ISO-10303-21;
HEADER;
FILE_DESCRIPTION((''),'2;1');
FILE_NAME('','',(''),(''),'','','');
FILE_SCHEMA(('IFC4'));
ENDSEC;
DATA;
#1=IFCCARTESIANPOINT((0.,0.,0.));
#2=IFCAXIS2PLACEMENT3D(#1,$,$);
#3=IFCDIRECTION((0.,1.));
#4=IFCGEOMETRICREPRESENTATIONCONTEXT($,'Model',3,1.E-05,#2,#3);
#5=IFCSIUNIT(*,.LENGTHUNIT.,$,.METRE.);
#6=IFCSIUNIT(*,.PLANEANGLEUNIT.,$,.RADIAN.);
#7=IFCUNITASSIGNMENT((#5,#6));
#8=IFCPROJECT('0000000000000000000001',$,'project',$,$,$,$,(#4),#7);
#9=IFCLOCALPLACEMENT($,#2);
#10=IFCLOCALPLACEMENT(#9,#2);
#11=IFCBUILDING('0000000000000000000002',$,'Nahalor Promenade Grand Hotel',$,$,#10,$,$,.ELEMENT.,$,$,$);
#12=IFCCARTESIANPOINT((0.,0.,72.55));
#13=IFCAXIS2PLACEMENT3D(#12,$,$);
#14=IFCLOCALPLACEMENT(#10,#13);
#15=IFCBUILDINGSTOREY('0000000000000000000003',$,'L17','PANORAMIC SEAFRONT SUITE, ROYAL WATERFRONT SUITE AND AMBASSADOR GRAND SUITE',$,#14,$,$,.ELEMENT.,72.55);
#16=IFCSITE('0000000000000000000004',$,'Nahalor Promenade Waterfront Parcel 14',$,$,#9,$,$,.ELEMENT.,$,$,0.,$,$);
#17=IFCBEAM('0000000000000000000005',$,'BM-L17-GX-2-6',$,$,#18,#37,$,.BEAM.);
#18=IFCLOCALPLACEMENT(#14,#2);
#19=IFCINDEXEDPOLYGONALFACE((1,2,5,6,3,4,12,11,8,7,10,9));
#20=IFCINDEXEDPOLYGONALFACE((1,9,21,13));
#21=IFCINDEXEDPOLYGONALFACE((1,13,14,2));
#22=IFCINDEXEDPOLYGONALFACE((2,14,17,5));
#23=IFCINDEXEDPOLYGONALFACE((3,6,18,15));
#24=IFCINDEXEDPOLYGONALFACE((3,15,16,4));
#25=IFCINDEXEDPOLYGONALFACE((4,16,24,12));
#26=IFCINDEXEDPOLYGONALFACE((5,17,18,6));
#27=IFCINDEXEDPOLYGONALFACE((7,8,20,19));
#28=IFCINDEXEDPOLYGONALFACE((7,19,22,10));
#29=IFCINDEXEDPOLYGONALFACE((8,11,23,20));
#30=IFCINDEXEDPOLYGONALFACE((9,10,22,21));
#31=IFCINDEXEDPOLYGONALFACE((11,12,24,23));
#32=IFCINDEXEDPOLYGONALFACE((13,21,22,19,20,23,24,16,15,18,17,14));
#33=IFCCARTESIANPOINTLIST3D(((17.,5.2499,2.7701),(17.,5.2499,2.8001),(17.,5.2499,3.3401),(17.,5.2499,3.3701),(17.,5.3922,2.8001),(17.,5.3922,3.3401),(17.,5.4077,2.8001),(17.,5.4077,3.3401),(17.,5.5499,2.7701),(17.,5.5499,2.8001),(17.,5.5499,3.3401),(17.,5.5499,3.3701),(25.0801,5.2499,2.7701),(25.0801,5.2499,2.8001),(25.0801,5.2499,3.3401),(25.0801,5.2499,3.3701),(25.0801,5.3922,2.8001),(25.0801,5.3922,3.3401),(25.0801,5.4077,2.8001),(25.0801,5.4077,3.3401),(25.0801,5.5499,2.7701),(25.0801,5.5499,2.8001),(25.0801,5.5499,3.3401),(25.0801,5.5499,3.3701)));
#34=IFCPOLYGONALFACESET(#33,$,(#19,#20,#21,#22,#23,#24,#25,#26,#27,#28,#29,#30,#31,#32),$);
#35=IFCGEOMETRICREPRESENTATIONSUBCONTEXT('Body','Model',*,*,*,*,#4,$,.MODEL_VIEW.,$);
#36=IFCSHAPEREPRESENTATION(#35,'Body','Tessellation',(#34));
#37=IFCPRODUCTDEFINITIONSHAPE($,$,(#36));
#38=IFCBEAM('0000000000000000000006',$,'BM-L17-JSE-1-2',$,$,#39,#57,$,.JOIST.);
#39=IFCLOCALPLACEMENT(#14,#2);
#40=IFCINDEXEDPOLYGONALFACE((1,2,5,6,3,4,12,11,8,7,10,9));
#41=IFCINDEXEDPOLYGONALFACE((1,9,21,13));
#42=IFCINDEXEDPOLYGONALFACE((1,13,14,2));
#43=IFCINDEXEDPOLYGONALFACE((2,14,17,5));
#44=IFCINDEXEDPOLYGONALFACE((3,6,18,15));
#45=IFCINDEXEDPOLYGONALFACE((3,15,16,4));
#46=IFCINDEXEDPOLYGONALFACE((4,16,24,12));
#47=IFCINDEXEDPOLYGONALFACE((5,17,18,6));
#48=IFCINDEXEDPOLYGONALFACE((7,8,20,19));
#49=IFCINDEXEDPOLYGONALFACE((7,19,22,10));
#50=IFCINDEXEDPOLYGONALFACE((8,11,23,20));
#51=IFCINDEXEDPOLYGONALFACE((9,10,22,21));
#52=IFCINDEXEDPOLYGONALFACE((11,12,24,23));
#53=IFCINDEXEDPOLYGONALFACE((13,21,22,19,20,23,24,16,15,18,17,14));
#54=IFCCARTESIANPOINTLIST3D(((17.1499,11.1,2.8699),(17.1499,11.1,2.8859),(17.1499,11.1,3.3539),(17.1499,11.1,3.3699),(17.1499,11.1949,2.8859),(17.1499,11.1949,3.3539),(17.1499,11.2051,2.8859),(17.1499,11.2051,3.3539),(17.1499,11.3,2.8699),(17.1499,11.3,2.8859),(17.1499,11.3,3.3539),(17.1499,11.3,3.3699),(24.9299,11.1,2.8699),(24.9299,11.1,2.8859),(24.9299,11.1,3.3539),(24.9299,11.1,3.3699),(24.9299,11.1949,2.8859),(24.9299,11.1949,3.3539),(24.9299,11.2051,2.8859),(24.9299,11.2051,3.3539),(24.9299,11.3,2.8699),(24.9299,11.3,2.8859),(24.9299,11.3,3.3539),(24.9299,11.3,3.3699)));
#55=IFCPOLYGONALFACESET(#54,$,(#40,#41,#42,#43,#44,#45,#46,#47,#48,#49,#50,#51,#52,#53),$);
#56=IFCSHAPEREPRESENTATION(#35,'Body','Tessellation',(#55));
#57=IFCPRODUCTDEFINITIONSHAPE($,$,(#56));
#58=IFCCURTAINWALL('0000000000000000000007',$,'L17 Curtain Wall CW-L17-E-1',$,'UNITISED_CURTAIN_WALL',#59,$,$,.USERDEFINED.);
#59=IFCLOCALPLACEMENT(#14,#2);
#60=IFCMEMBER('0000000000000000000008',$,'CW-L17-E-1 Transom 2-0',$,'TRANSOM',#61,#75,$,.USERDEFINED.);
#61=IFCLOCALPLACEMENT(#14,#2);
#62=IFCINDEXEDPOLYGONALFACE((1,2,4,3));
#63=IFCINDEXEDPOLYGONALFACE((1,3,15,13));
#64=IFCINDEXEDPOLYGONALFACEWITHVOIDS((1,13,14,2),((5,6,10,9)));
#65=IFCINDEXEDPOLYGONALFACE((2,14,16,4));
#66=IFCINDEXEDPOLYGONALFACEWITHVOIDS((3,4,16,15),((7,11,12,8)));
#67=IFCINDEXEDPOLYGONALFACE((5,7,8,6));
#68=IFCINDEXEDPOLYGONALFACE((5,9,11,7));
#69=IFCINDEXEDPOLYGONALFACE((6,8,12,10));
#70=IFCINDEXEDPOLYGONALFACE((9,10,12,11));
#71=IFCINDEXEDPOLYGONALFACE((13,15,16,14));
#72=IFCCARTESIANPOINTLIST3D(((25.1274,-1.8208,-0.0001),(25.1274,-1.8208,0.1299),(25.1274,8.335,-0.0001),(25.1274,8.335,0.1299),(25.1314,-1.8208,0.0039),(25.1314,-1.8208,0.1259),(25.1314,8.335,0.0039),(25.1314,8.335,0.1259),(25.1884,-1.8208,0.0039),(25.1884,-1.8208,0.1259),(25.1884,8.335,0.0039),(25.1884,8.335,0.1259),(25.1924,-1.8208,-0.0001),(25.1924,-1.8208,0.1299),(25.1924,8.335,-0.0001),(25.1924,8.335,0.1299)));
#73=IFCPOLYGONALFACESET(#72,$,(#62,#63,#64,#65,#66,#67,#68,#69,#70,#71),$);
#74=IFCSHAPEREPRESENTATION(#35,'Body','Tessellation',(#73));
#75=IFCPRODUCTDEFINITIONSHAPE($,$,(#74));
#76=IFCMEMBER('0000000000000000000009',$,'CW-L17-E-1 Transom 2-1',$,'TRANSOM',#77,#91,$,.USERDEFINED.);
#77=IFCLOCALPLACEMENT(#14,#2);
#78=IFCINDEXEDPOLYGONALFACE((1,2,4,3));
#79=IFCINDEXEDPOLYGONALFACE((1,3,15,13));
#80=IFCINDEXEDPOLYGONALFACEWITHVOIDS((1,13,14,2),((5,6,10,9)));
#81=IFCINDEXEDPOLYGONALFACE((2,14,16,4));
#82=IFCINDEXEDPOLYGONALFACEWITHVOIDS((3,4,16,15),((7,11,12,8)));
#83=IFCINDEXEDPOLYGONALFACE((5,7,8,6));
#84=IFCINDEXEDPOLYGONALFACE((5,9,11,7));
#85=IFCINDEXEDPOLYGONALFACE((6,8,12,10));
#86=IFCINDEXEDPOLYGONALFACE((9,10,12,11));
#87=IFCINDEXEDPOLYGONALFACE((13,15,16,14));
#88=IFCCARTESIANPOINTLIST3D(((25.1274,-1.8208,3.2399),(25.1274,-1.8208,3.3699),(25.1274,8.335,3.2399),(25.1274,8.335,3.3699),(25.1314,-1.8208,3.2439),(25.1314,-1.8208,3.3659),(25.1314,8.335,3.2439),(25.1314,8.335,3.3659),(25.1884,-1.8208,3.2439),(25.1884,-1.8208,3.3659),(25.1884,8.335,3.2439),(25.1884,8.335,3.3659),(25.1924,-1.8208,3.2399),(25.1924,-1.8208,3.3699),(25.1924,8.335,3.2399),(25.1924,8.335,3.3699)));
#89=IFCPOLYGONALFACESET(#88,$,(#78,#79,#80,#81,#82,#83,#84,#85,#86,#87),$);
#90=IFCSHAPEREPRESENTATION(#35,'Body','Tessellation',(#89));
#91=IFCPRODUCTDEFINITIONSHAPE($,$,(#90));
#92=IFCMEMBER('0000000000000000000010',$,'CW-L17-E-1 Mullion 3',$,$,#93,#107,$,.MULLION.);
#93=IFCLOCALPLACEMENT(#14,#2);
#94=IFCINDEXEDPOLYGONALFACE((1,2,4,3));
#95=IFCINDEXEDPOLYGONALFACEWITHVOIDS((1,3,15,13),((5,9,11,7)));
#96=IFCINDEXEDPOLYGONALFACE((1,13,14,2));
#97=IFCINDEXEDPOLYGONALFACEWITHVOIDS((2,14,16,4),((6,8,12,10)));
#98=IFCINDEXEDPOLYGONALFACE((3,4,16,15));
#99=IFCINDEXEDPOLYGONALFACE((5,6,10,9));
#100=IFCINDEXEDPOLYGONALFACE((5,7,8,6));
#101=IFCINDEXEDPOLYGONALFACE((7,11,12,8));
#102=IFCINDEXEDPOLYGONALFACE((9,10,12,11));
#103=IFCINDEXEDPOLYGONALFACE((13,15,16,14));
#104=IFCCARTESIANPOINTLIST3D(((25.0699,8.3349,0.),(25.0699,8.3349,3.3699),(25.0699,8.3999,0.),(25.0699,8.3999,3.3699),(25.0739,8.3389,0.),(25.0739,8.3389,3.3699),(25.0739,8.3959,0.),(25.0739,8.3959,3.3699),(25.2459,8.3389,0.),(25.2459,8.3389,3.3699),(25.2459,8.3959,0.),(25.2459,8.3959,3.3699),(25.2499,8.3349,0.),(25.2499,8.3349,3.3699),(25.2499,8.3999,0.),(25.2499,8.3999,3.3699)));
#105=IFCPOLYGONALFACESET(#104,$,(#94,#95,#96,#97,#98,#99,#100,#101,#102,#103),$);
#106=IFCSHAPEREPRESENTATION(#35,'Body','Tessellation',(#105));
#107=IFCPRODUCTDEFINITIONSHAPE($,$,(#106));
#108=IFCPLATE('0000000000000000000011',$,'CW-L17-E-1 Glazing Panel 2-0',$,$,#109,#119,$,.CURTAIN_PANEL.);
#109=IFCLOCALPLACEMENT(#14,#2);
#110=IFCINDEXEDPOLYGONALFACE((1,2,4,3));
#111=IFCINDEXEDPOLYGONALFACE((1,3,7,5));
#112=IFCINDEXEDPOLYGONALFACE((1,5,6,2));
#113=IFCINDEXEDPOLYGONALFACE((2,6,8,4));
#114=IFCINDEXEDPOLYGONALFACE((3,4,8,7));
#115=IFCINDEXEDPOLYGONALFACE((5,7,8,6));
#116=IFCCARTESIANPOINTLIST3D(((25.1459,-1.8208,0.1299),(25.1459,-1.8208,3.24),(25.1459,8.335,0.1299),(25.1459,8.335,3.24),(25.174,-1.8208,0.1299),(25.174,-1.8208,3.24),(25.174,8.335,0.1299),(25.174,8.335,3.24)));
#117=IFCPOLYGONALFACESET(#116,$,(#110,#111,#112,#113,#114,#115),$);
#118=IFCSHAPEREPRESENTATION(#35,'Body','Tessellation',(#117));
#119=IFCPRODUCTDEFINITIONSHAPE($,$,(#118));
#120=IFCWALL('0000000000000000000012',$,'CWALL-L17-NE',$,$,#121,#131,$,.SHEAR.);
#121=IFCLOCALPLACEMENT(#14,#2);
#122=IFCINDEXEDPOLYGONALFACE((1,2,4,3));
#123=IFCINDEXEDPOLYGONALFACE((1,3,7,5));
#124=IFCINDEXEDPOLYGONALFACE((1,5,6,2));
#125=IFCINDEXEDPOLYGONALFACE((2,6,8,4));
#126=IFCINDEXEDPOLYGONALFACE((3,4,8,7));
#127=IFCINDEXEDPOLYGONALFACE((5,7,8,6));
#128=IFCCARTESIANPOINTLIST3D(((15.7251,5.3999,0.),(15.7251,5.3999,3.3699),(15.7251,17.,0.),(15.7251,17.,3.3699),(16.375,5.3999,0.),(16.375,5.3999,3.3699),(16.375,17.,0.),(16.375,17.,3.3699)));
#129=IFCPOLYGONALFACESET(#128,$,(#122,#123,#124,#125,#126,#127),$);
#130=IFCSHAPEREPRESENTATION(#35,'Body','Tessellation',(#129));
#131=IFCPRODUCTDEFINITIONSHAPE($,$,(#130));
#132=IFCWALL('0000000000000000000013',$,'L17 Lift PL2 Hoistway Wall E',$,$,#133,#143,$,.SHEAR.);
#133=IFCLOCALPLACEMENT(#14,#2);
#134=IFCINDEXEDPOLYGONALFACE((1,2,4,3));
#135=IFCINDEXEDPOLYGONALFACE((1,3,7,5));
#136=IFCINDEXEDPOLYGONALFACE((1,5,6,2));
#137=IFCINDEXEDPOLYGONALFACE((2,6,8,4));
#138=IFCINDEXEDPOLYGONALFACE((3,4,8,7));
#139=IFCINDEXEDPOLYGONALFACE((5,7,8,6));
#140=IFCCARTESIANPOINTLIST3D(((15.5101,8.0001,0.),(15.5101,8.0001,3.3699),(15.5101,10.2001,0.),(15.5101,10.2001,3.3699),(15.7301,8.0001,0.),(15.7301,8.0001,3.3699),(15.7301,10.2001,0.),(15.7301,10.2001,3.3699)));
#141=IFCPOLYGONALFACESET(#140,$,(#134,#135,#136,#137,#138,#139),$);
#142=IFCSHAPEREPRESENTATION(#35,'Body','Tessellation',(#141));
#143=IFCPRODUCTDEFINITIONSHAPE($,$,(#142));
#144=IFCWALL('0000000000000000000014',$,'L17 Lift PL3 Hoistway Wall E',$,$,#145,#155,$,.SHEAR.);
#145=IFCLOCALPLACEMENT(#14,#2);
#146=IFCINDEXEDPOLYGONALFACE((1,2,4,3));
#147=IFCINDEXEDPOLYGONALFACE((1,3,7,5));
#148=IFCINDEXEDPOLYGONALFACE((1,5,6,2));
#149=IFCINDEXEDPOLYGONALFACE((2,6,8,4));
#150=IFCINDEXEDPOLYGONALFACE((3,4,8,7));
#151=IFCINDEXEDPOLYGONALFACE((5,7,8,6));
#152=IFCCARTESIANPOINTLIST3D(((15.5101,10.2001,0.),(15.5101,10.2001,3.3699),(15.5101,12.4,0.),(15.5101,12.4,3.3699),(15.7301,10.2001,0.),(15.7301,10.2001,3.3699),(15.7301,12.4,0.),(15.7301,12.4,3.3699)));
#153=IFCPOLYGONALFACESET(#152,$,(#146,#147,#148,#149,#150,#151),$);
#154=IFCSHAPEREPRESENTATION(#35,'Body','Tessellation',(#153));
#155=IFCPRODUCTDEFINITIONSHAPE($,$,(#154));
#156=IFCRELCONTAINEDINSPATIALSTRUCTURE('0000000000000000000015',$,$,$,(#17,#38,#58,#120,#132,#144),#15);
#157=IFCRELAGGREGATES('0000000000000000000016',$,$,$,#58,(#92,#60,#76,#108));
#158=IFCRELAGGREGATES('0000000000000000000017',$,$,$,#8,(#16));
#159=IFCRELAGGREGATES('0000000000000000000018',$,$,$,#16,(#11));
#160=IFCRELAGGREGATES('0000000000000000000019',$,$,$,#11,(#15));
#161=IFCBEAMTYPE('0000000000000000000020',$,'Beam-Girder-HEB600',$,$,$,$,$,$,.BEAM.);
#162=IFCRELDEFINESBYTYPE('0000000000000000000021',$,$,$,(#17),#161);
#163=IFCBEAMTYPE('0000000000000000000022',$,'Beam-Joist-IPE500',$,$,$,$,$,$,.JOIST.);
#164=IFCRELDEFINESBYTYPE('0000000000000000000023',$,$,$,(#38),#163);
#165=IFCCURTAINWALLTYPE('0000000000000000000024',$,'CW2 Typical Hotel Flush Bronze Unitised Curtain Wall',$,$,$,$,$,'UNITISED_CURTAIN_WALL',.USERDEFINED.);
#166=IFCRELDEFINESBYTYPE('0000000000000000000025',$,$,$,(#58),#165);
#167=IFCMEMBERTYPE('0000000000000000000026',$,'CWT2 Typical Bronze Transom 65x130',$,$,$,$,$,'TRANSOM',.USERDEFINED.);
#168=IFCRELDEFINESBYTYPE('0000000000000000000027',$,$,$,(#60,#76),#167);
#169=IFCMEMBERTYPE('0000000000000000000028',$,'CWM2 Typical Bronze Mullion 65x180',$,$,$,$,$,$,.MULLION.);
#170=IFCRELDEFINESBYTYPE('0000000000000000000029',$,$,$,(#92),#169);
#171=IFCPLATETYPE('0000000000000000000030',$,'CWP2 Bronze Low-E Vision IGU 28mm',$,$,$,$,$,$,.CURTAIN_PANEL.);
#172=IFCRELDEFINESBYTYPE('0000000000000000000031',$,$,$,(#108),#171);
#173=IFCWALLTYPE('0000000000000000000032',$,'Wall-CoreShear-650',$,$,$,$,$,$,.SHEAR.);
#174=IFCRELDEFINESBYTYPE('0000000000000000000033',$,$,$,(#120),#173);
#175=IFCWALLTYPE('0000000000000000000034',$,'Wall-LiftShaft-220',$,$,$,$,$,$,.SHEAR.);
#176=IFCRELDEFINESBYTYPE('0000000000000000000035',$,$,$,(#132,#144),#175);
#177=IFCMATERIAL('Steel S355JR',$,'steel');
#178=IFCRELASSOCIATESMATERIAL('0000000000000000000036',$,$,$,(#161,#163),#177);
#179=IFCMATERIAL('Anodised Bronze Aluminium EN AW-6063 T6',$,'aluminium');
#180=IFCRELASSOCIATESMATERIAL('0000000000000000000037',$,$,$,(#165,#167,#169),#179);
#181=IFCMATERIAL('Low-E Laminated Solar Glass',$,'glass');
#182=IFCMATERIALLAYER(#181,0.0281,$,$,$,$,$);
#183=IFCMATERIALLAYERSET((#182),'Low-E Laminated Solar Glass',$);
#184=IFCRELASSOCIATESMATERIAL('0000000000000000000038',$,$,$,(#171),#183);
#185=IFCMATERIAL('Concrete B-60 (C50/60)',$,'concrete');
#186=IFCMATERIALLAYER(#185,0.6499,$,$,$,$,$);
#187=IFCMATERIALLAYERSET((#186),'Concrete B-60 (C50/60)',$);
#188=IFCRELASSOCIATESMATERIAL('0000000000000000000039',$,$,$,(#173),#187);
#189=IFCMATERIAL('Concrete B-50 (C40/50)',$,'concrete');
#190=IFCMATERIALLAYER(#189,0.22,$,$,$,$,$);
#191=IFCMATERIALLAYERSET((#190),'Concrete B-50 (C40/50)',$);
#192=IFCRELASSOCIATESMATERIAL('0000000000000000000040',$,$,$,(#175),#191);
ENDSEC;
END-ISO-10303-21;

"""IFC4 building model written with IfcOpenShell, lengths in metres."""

from ifc_helpers import new_model, si_unit, direction, frame, frame_2d, origin, origin_2d, place, context, subcontext, project, spatial, rectangle, hollow_rectangle, i_section, extrude, source, transform, mapped, material, layer, layer_set, material_profile, profile_set, type_object, element, aggregate, save


model = new_model("IFC4")

# Units and contexts
model_context = context("Model", 3, precision=1e-05, world=origin(), true_north=direction((0.0, 1.0)))
body_context = subcontext(model_context, "Body", "Model", "MODEL_VIEW")
ifc_project = project(units=[si_unit("LENGTHUNIT", "METRE"), si_unit("PLANEANGLEUNIT", "RADIAN")], contexts=[model_context])

# Site, building, storey
site_placement = place(None, origin())
site = spatial("IfcSite", under=ifc_project, at=site_placement, Name="Nahalor Promenade Waterfront Parcel 14", CompositionType="ELEMENT", RefElevation=0.0)
building_placement = place(site_placement, origin())
building = spatial("IfcBuilding", under=site, at=building_placement, Name="Nahalor Promenade Grand Hotel", CompositionType="ELEMENT")
storey_placement = place(building_placement, frame((0.0, 0.0, 72.55)))
storey = spatial("IfcBuildingStorey", under=building, at=storey_placement, Name="L17", Description="PANORAMIC SEAFRONT SUITE, ROYAL WATERFRONT SUITE AND AMBASSADOR GRAND SUITE", CompositionType="ELEMENT", Elevation=72.55)

# Beams
ifc_material_1 = material(Name="Steel S355JR", Category="steel")
ifc_material_profile_1 = material_profile(ifc_material_1, i_section(OverallWidth=0.3, OverallDepth=0.6, WebThickness=0.0155, FlangeThickness=0.03, at=origin_2d()), Name="HEB 600")
ifc_profile_set_1 = profile_set([ifc_material_profile_1], Name="Steel S355JR")
beam_type_1 = type_object("IfcBeamType", Name="Beam-Girder-HEB600", PredefinedType="BEAM", material=ifc_profile_set_1)
shared_shape_1 = source(origin(), body_context, "Body", "SweptSolid", [
    extrude(i_section(OverallWidth=0.3, OverallDepth=0.6, WebThickness=0.0155, FlangeThickness=0.03, at=origin_2d()), origin(), (0.0, 0.0, 1.0), 8.0801),
])
beam_1_placement = place(storey_placement, frame((17.0, 5.3999, 3.0701), z_axis=(1.0, 0.0, 0.0), x_axis=(0.0, 1.0, 0.0)))
element("IfcBeam", 1, at=beam_1_placement, inside=storey, type_object=beam_type_1, Name="BM-L17-GX-2-6", PredefinedType="BEAM", context=body_context, shape_type="MappedRepresentation", body=[
    mapped(shared_shape_1, transform((0.0, 0.0, 0.0), scale=1.0)),
])
ifc_material_profile_2 = material_profile(ifc_material_1, i_section(OverallWidth=0.2, OverallDepth=0.5, WebThickness=0.0102, FlangeThickness=0.016, at=origin_2d()), Name="IPE 500")
ifc_profile_set_2 = profile_set([ifc_material_profile_2], Name="Steel S355JR")
beam_type_2 = type_object("IfcBeamType", Name="Beam-Joist-IPE500", PredefinedType="JOIST", material=ifc_profile_set_2)
shared_shape_2 = source(origin(), body_context, "Body", "SweptSolid", [
    extrude(i_section(OverallWidth=0.2, OverallDepth=0.5, WebThickness=0.0102, FlangeThickness=0.016, at=origin_2d()), origin(), (0.0, 0.0, 1.0), 7.78),
])
beam_2_placement = place(storey_placement, frame((17.1499, 11.2, 3.1199), z_axis=(1.0, 0.0, 0.0), x_axis=(0.0, 1.0, 0.0)))
element("IfcBeam", 2, at=beam_2_placement, inside=storey, type_object=beam_type_2, Name="BM-L17-JSE-1-2", PredefinedType="JOIST", context=body_context, shape_type="MappedRepresentation", body=[
    mapped(shared_shape_2, transform((0.0, 0.0, 0.0), scale=1.0)),
])

# Curtain wall, members, plate
ifc_material_2 = material(Name="Anodised Bronze Aluminium EN AW-6063 T6", Category="aluminium")
curtain_wall_type = type_object("IfcCurtainWallType", Name="CW2 Typical Hotel Flush Bronze Unitised Curtain Wall", ElementType="UNITISED_CURTAIN_WALL", PredefinedType="USERDEFINED", material=ifc_material_2)
curtain_wall_placement = place(storey_placement, origin())
curtain_wall = element("IfcCurtainWall", 3, at=curtain_wall_placement, inside=storey, type_object=curtain_wall_type, Name="L17 Curtain Wall CW-L17-E-1", ObjectType="UNITISED_CURTAIN_WALL", PredefinedType="USERDEFINED")
ifc_material_profile_3 = material_profile(ifc_material_2, hollow_rectangle(XDim=0.065, YDim=0.13, WallThickness=0.004, at=origin_2d()), Name="CWT 65x130x4")
ifc_profile_set_3 = profile_set([ifc_material_profile_3], Name="Anodised Bronze Aluminium EN AW-6063 T6")
member_type_1 = type_object("IfcMemberType", Name="CWT2 Typical Bronze Transom 65x130", ElementType="TRANSOM", PredefinedType="USERDEFINED", material=ifc_profile_set_3)
shared_shape_3 = source(origin(), body_context, "Body", "SweptSolid", [
    extrude(hollow_rectangle(XDim=0.065, YDim=0.13, WallThickness=0.004, at=origin_2d()), origin(), (0.0, 0.0, 1.0), 10.1558),
])
member_1_placement = place(storey_placement, frame((25.1599, -1.8208, 0.0649), z_axis=(0.0, 1.0, 0.0), x_axis=(-1.0, 0.0, 0.0)))
member_1 = element("IfcMember", 4, at=member_1_placement, type_object=member_type_1, Name="CW-L17-E-1 Transom 2-0", ObjectType="TRANSOM", PredefinedType="USERDEFINED", context=body_context, shape_type="MappedRepresentation", body=[
    mapped(shared_shape_3, transform((0.0, 0.0, 0.0), scale=1.0)),
])
member_2_placement = place(storey_placement, frame((25.1599, -1.8208, 3.3049), z_axis=(0.0, 1.0, 0.0), x_axis=(-1.0, 0.0, 0.0)))
member_2 = element("IfcMember", 5, at=member_2_placement, type_object=member_type_1, Name="CW-L17-E-1 Transom 2-1", ObjectType="TRANSOM", PredefinedType="USERDEFINED", context=body_context, shape_type="MappedRepresentation", body=[
    mapped(shared_shape_3, transform((0.0, 0.0, 0.0), scale=1.0)),
])
ifc_material_profile_4 = material_profile(ifc_material_2, hollow_rectangle(XDim=0.065, YDim=0.18, WallThickness=0.004, at=origin_2d()), Name="CWM 65x180x4")
ifc_profile_set_4 = profile_set([ifc_material_profile_4], Name="Anodised Bronze Aluminium EN AW-6063 T6")
member_type_2 = type_object("IfcMemberType", Name="CWM2 Typical Bronze Mullion 65x180", PredefinedType="MULLION", material=ifc_profile_set_4)
shared_shape_4 = source(origin(), body_context, "Body", "SweptSolid", [
    extrude(hollow_rectangle(XDim=0.065, YDim=0.18, WallThickness=0.004, at=origin_2d()), origin(), (0.0, 0.0, 1.0), 3.3699),
])
member_3_placement = place(storey_placement, frame((25.1599, 8.3674, 0.0), z_axis=(0.0, 0.0, 1.0), x_axis=(0.0, 1.0, 0.0)))
member_3 = element("IfcMember", 6, at=member_3_placement, type_object=member_type_2, Name="CW-L17-E-1 Mullion 3", PredefinedType="MULLION", context=body_context, shape_type="MappedRepresentation", body=[
    mapped(shared_shape_4, transform((0.0, 0.0, 0.0), scale=1.0)),
])
ifc_material_3 = material(Name="Low-E Laminated Solar Glass", Category="glass")
ifc_layer_1 = layer(ifc_material_3, 0.0281)
ifc_layer_set_1 = layer_set([ifc_layer_1], Name="Low-E Laminated Solar Glass")
plate_type = type_object("IfcPlateType", Name="CWP2 Bronze Low-E Vision IGU 28mm", PredefinedType="CURTAIN_PANEL", material=ifc_layer_set_1)
shared_shape_5 = source(origin(), body_context, "Body", "SweptSolid", [
    extrude(rectangle(XDim=10.1558, YDim=0.0281, at=origin_2d()), origin(), (0.0, 0.0, 1.0), 3.1101),
])
plate_placement = place(storey_placement, frame((25.1599, 3.2571, 0.1299), z_axis=(0.0, 0.0, 1.0), x_axis=(0.0, 1.0, 0.0)))
plate = element("IfcPlate", 7, at=plate_placement, type_object=plate_type, Name="CW-L17-E-1 Glazing Panel 2-0", PredefinedType="CURTAIN_PANEL", context=body_context, shape_type="MappedRepresentation", body=[
    mapped(shared_shape_5, transform((0.0, 0.0, 0.0), scale=1.0)),
])
aggregate(curtain_wall, [member_3, member_1, member_2, plate])

# Walls
ifc_material_4 = material(Name="Concrete B-60 (C50/60)", Category="concrete")
ifc_layer_2 = layer(ifc_material_4, 0.6499)
ifc_layer_set_2 = layer_set([ifc_layer_2], Name="Concrete B-60 (C50/60)")
wall_type_1 = type_object("IfcWallType", Name="Wall-CoreShear-650", PredefinedType="SHEAR", material=ifc_layer_set_2)
shared_shape_6 = source(origin(), body_context, "Body", "SweptSolid", [
    extrude(rectangle(XDim=11.6001, YDim=0.6499, at=frame_2d((5.8, 0.0))), origin(), (0.0, 0.0, 1.0), 3.3699),
])
wall_1_placement = place(storey_placement, frame((16.05, 5.3999, 0.0), z_axis=(0.0, 0.0, 1.0), x_axis=(0.0, 1.0, 0.0)))
element("IfcWall", 8, at=wall_1_placement, inside=storey, type_object=wall_type_1, Name="CWALL-L17-NE", PredefinedType="SHEAR", context=body_context, shape_type="MappedRepresentation", body=[
    mapped(shared_shape_6, transform((0.0, 0.0, 0.0), scale=1.0)),
])
ifc_material_5 = material(Name="Concrete B-50 (C40/50)", Category="concrete")
ifc_layer_3 = layer(ifc_material_5, 0.22)
ifc_layer_set_3 = layer_set([ifc_layer_3], Name="Concrete B-50 (C40/50)")
wall_type_2 = type_object("IfcWallType", Name="Wall-LiftShaft-220", PredefinedType="SHEAR", material=ifc_layer_set_3)
shared_shape_7 = source(origin(), body_context, "Body", "SweptSolid", [
    extrude(rectangle(XDim=2.2, YDim=0.22, at=frame_2d((1.1001, 0.0))), origin(), (0.0, 0.0, 1.0), 3.3699),
])
for number, where, z_axis, x_axis, name in (
    (9, (15.6201, 8.0, 0.0), (0.0, 0.0, 1.0), (0.0, 1.0, 0.0), "L17 Lift PL2 Hoistway Wall E"),
    (10, (15.6201, 10.2, 0.0), (0.0, 0.0, 1.0), (0.0, 1.0, 0.0), "L17 Lift PL3 Hoistway Wall E"),
):
    element("IfcWall", number, at=place(storey_placement, frame(where, z_axis=z_axis, x_axis=x_axis)), inside=storey, type_object=wall_type_2, Name=name, PredefinedType="SHEAR", context=body_context, shape_type="MappedRepresentation", body=[
        mapped(shared_shape_7, transform((0.0, 0.0, 0.0), scale=1.0)),
    ])

save(model, "model.ifc")
